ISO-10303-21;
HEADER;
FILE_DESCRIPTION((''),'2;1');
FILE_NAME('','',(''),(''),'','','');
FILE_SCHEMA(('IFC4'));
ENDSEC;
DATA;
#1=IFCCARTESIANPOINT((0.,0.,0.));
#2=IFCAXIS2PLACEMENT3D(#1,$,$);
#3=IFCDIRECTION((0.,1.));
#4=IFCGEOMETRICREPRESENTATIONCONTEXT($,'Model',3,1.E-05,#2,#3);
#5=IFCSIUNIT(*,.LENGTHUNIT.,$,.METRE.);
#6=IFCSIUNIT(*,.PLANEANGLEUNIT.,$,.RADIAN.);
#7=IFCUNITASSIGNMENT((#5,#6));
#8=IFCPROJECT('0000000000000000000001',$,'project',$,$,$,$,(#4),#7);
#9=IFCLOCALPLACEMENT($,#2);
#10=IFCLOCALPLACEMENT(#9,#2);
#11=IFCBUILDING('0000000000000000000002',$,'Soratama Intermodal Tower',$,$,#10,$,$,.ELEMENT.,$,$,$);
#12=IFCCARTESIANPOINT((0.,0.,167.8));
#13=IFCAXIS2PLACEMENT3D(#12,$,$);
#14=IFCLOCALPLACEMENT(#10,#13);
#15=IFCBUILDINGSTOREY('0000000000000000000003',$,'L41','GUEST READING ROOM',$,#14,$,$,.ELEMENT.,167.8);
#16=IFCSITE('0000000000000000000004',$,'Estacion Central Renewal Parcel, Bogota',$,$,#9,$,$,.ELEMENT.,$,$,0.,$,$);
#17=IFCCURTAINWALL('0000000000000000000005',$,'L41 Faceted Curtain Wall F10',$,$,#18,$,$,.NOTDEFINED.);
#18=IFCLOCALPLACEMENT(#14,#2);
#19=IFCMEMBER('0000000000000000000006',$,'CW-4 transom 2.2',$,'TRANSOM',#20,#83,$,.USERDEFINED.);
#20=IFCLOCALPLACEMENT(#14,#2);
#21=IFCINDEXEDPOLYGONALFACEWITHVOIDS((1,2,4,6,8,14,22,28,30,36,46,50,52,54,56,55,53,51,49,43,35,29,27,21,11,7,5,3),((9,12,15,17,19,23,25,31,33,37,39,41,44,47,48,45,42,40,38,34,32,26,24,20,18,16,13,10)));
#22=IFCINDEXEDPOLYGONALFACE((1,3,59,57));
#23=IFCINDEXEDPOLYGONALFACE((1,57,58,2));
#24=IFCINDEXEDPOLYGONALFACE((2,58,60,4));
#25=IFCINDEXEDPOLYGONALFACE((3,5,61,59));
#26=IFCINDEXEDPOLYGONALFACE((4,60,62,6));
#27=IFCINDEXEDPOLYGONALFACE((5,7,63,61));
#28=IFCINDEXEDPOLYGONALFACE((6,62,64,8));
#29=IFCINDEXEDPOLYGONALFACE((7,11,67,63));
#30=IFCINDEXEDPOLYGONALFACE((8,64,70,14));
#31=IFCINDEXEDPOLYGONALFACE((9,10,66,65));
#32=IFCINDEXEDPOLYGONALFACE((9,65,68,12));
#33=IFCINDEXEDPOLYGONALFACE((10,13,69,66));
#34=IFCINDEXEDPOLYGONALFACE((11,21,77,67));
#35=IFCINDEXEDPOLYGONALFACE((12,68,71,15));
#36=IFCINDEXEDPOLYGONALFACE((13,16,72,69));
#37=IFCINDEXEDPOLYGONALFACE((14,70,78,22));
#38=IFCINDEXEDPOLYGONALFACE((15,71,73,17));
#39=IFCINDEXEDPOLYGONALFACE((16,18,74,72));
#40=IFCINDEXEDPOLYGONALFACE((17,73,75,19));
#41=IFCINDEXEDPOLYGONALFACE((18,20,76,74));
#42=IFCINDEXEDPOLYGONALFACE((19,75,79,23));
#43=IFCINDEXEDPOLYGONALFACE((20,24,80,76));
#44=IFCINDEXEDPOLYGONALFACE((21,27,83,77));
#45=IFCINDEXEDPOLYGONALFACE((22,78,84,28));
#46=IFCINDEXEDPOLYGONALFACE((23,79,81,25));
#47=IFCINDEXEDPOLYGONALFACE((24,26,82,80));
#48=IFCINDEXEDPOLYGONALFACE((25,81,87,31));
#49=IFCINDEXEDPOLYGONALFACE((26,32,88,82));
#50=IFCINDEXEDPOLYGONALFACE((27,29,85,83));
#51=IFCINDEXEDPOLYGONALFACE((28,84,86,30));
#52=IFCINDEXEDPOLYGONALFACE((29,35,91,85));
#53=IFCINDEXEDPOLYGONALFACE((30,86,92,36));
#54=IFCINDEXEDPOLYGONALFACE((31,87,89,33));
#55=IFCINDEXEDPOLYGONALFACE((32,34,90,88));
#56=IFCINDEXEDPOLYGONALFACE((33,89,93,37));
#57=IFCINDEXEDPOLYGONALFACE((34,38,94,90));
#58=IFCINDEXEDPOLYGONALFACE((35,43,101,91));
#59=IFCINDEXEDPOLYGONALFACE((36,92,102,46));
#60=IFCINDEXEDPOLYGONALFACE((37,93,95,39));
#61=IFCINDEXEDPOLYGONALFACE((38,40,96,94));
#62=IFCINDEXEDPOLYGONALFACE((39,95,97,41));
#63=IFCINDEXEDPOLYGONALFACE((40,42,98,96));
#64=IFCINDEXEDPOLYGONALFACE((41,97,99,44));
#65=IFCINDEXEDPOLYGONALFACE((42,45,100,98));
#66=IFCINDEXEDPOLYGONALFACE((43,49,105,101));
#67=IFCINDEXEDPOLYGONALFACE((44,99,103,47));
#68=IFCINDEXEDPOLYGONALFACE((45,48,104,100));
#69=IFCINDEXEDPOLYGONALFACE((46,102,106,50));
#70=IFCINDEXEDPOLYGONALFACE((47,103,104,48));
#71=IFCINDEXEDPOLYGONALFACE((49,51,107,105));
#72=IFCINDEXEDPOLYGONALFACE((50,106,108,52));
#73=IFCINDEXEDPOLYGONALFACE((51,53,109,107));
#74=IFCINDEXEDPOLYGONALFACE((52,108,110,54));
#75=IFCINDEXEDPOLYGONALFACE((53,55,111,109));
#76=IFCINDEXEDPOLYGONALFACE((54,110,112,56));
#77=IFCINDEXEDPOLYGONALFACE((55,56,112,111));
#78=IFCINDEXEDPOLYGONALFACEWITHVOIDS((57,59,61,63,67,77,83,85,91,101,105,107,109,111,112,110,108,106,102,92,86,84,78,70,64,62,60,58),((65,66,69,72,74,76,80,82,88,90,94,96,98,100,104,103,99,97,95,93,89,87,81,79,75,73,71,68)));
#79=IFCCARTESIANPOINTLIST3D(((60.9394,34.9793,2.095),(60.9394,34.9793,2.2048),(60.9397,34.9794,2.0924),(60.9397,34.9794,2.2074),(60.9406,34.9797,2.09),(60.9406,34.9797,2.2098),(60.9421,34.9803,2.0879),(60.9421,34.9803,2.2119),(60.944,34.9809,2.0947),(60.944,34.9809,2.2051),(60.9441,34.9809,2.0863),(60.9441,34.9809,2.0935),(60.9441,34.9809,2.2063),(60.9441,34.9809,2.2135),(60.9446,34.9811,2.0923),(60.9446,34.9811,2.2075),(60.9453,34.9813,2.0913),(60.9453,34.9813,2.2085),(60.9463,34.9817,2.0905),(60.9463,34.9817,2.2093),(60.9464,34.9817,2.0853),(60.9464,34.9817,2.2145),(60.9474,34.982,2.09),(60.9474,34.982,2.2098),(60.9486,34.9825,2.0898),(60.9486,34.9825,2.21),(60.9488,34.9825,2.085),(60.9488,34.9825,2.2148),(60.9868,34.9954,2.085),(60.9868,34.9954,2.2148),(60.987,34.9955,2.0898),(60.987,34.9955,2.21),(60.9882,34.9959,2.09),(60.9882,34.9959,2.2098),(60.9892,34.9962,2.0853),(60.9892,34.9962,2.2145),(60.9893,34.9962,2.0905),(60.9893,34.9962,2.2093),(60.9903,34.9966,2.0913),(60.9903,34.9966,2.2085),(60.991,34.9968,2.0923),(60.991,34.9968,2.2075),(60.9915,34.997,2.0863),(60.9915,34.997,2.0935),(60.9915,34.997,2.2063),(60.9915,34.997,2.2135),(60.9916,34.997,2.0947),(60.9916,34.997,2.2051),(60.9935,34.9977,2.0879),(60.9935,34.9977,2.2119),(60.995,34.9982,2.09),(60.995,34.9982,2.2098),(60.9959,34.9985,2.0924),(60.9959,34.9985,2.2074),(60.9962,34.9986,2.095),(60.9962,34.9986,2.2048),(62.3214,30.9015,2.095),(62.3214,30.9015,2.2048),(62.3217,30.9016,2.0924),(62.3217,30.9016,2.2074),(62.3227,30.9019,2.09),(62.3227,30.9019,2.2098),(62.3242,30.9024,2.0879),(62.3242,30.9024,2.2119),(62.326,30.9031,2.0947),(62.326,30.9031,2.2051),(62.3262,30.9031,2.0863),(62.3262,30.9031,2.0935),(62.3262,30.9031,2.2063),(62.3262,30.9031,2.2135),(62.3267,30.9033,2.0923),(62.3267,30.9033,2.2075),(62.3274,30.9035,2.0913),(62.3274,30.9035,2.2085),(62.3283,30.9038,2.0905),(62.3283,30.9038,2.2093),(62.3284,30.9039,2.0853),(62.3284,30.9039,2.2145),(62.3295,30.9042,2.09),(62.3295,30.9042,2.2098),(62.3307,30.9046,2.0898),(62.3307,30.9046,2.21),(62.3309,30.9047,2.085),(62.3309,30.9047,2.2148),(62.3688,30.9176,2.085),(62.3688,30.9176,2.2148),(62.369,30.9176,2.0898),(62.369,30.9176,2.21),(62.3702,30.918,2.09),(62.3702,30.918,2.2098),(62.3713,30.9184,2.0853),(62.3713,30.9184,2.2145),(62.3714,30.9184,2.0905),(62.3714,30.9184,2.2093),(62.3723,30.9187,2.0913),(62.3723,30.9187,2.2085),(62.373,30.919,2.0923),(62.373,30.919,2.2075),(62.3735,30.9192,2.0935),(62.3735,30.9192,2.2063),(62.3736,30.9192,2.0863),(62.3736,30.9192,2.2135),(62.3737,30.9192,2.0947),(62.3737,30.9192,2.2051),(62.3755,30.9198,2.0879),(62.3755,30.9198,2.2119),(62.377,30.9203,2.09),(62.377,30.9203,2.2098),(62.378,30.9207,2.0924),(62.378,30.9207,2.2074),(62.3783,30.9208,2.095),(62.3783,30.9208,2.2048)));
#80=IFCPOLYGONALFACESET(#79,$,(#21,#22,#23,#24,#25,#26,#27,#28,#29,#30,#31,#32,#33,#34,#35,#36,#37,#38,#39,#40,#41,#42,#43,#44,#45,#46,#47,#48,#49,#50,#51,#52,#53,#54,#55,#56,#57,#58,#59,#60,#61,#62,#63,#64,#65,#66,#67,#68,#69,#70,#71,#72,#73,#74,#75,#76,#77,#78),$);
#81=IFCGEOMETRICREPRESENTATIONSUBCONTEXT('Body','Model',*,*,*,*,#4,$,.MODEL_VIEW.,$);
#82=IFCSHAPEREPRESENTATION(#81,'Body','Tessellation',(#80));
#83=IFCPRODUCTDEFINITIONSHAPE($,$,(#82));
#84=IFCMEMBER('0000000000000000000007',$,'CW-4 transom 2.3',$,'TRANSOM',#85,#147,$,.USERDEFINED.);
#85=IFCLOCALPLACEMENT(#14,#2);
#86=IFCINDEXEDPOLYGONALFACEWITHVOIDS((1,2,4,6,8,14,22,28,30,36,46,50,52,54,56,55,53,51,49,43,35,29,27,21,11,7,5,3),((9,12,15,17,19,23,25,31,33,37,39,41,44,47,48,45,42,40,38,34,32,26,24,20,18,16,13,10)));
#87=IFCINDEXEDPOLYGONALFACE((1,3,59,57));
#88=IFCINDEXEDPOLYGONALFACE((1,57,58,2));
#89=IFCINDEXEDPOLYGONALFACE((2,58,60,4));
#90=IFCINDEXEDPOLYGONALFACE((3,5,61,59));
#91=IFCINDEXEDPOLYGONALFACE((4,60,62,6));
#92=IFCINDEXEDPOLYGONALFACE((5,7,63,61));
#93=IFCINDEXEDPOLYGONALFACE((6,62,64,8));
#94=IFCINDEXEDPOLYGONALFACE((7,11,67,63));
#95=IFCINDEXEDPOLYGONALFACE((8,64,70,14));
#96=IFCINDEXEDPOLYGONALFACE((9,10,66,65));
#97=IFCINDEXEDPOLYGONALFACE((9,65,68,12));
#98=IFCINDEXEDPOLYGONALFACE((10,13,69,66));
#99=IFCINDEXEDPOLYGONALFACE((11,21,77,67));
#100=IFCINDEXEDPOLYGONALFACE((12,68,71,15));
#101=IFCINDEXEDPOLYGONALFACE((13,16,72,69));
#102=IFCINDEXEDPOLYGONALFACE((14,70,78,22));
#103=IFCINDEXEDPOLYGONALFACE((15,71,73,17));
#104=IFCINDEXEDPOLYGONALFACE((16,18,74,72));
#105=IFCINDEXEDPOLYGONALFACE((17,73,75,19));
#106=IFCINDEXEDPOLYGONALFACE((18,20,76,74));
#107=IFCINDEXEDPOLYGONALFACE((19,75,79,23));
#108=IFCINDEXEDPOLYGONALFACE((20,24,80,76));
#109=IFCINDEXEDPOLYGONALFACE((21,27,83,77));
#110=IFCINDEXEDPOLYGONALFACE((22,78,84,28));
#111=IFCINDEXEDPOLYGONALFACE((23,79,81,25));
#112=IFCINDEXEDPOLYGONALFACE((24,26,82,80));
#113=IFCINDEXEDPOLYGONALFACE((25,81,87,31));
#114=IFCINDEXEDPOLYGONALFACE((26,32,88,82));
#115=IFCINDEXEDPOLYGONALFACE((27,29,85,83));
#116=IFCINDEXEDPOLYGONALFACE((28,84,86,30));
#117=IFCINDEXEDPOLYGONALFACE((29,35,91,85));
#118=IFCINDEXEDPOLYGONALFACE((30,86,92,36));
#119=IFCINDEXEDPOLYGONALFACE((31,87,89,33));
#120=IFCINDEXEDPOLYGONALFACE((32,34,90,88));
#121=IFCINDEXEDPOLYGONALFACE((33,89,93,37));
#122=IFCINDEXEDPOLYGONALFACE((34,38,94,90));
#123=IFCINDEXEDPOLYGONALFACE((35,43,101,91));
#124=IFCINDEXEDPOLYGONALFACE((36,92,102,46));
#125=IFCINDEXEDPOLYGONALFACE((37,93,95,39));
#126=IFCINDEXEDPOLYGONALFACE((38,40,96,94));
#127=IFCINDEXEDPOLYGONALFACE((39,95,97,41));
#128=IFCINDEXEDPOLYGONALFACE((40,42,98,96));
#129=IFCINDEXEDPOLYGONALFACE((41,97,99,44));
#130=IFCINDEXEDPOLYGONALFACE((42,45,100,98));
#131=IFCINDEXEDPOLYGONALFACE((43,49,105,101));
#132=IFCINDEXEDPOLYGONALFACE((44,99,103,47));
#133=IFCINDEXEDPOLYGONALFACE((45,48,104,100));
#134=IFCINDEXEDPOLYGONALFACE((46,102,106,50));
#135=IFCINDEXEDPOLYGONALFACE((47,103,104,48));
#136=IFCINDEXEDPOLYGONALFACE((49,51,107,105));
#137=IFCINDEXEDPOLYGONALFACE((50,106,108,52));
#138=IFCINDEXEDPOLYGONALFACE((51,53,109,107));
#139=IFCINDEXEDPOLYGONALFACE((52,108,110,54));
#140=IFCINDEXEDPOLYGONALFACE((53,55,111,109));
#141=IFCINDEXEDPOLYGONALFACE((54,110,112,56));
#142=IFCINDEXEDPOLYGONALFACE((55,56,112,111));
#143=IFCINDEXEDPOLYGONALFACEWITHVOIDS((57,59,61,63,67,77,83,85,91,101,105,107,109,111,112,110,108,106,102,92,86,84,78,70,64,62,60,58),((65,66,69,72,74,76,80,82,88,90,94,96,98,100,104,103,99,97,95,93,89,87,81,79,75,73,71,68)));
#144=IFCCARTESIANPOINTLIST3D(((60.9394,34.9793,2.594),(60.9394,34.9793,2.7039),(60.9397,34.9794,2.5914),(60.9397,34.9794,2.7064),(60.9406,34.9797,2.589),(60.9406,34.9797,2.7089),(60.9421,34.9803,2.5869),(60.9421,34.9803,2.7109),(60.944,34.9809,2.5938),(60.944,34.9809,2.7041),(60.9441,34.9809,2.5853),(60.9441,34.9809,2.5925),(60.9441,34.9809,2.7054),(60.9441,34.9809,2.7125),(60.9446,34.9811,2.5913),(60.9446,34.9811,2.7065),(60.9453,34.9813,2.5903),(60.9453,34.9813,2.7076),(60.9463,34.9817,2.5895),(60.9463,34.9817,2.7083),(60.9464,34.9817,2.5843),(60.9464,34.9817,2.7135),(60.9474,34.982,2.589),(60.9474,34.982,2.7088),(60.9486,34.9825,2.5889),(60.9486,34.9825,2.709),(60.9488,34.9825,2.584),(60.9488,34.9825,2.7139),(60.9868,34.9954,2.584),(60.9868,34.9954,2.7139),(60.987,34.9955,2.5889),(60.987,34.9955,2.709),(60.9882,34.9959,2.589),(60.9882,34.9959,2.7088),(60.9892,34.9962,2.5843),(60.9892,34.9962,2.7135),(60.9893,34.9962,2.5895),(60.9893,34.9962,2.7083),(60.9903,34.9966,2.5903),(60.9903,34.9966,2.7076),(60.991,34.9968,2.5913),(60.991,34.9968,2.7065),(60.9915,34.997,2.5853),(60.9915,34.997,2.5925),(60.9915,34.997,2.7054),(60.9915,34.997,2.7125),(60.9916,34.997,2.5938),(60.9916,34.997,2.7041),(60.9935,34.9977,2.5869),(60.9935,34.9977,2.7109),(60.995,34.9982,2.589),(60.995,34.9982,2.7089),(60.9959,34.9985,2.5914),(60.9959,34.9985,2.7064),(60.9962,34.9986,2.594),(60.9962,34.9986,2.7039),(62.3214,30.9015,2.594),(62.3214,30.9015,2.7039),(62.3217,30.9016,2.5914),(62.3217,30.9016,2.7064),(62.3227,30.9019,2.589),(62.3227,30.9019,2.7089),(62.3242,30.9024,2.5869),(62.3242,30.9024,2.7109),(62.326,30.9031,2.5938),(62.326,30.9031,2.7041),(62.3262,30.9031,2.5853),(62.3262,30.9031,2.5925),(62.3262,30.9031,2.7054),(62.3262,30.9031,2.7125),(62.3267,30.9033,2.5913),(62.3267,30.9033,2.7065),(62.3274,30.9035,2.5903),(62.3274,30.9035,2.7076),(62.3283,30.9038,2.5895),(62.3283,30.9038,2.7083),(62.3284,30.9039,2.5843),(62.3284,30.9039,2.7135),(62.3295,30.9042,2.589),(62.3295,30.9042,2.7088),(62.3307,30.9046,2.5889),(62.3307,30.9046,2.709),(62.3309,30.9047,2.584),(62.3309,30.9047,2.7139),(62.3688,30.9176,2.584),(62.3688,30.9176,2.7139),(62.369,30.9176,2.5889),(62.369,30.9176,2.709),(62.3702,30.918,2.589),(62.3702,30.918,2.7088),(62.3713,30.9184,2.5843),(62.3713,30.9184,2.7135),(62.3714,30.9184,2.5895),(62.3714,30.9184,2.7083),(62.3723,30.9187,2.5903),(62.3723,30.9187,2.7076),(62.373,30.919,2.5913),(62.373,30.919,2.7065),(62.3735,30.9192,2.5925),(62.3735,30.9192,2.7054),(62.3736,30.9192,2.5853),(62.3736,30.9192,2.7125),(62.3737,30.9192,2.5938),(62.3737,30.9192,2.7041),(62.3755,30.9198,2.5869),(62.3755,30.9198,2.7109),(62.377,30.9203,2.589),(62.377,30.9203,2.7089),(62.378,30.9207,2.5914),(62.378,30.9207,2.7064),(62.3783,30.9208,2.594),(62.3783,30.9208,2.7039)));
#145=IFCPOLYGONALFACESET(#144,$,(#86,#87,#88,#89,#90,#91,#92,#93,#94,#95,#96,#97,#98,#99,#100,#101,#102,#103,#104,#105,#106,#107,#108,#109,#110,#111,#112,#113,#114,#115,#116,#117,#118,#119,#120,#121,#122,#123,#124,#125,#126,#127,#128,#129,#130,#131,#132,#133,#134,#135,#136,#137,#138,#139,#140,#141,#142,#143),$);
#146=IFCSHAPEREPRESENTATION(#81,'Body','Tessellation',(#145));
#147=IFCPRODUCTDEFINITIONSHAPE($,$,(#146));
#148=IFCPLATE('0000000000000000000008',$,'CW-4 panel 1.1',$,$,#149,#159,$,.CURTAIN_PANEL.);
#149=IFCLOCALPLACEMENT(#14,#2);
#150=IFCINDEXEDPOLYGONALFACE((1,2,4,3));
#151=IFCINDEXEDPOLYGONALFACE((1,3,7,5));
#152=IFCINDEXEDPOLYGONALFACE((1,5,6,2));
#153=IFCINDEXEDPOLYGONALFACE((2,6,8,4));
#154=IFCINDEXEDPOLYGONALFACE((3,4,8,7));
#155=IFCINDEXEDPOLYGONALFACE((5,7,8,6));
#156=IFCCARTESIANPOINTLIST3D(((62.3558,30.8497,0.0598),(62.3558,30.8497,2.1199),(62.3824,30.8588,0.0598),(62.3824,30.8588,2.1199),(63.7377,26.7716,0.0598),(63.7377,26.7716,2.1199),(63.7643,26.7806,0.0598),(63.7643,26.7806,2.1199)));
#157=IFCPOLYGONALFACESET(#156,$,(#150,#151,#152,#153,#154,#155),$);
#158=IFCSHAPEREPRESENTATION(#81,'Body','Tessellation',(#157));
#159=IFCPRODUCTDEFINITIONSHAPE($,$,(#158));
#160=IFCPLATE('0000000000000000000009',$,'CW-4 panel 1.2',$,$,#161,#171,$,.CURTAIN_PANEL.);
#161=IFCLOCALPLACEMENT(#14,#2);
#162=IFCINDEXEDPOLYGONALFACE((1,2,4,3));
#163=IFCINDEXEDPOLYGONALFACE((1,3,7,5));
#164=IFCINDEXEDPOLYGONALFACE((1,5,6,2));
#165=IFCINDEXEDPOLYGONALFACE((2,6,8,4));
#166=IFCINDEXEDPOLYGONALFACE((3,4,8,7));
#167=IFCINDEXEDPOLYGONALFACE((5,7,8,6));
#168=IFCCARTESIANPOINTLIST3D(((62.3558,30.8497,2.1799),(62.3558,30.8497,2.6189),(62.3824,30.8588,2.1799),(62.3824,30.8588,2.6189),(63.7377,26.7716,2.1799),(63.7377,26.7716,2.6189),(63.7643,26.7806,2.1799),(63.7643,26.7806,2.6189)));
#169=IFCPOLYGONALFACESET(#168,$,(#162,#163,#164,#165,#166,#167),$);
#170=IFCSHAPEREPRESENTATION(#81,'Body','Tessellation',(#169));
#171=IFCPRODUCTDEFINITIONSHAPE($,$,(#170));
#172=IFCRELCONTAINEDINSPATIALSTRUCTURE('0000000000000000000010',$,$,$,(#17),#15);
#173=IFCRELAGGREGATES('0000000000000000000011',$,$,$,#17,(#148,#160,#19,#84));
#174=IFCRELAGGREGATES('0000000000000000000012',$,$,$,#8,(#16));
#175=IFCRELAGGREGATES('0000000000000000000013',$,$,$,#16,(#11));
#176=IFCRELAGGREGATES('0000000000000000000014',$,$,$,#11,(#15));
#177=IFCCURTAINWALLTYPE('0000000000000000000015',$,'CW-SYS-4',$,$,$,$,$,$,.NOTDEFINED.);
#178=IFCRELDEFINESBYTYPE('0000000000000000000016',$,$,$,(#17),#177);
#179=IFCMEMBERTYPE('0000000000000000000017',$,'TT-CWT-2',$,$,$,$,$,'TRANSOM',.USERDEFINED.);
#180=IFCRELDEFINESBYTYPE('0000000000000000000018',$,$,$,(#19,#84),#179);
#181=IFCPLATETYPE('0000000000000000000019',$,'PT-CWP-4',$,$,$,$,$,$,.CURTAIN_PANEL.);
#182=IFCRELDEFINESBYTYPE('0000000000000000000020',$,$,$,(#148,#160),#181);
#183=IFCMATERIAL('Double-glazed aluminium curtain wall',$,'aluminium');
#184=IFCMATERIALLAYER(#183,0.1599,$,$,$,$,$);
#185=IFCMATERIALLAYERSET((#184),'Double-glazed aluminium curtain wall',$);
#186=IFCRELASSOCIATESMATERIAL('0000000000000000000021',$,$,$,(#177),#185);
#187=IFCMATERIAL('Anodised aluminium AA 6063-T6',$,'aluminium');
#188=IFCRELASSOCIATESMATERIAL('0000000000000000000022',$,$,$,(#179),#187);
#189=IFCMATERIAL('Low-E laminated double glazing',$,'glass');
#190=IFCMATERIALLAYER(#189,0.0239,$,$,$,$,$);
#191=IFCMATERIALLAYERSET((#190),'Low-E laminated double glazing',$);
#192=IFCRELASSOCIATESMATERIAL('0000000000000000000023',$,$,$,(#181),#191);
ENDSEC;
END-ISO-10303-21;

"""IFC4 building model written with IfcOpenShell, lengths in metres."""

from ifc_helpers import new_model, si_unit, direction, frame, origin, origin_2d, place, context, subcontext, project, spatial, rectangle, hollow_rectangle, extrude, material, layer, layer_set, material_profile, profile_set, type_object, element, aggregate, save


model = new_model("IFC4")

# Units and contexts
model_context = context("Model", 3, precision=1e-05, world=origin(), true_north=direction((0.0, 1.0)))
body_context = subcontext(model_context, "Body", "Model", "MODEL_VIEW")
ifc_project = project(units=[si_unit("LENGTHUNIT", "METRE"), si_unit("PLANEANGLEUNIT", "RADIAN")], contexts=[model_context])

# Site, building, storey
site_placement = place(None, origin())
site = spatial("IfcSite", under=ifc_project, at=site_placement, Name="Estacion Central Renewal Parcel, Bogota", CompositionType="ELEMENT", RefElevation=0.0)
building_placement = place(site_placement, origin())
building = spatial("IfcBuilding", under=site, at=building_placement, Name="Soratama Intermodal Tower", CompositionType="ELEMENT")
storey_placement = place(building_placement, frame((0.0, 0.0, 167.8)))
storey = spatial("IfcBuildingStorey", under=building, at=storey_placement, Name="L41", Description="GUEST READING ROOM", CompositionType="ELEMENT", Elevation=167.8)

# Curtain wall, members, plates
ifc_material_1 = material(Name="Double-glazed aluminium curtain wall", Category="aluminium")
ifc_layer_1 = layer(ifc_material_1, 0.1599)
ifc_layer_set_1 = layer_set([ifc_layer_1], Name="Double-glazed aluminium curtain wall")
curtain_wall_type = type_object("IfcCurtainWallType", Name="CW-SYS-4", PredefinedType="NOTDEFINED", material=ifc_layer_set_1)
curtain_wall_placement = place(storey_placement, origin())
curtain_wall = element("IfcCurtainWall", 1, at=curtain_wall_placement, inside=storey, type_object=curtain_wall_type, Name="L41 Faceted Curtain Wall F10", PredefinedType="NOTDEFINED")
ifc_material_2 = material(Name="Anodised aluminium AA 6063-T6", Category="aluminium")
ifc_material_profile_1 = material_profile(ifc_material_2, hollow_rectangle(XDim=0.0601, YDim=0.1299, WallThickness=0.0049, InnerFilletRadius=0.0049, OuterFilletRadius=0.01, at=origin_2d()), Name="CWT130X60X5")
ifc_profile_set_1 = profile_set([ifc_material_profile_1], Name="Anodised aluminium AA 6063-T6")
member_type_1 = type_object("IfcMemberType", Name="TT-CWT-2", ElementType="TRANSOM", PredefinedType="USERDEFINED", material=ifc_profile_set_1)
member_1_placement = place(storey_placement, frame((62.3499, 30.9111, 2.1499), z_axis=(-0.320987, 0.947084, 0.0), x_axis=(-0.947084, -0.320987, 0.0)))
member_1 = element("IfcMember", 2, at=member_1_placement, type_object=member_type_1, Name="CW-4 transom 2.2", ObjectType="TRANSOM", PredefinedType="USERDEFINED", context=body_context, shape_type="SweptSolid", body=[
    extrude(hollow_rectangle(XDim=0.0601, YDim=0.1299, WallThickness=0.0049, InnerFilletRadius=0.0049, OuterFilletRadius=0.01, at=origin_2d()), origin(), (0.0, 0.0, 1.0), 4.3057),
])
member_2_placement = place(storey_placement, frame((62.3499, 30.9111, 2.6489), z_axis=(-0.320987, 0.947084, 0.0), x_axis=(-0.947084, -0.320987, 0.0)))
member_2 = element("IfcMember", 3, at=member_2_placement, type_object=member_type_1, Name="CW-4 transom 2.3", ObjectType="TRANSOM", PredefinedType="USERDEFINED", context=body_context, shape_type="SweptSolid", body=[
    extrude(hollow_rectangle(XDim=0.0601, YDim=0.1299, WallThickness=0.0049, InnerFilletRadius=0.0049, OuterFilletRadius=0.01, at=origin_2d()), origin(), (0.0, 0.0, 1.0), 4.3057),
])
ifc_material_3 = material(Name="Low-E laminated double glazing", Category="glass")
ifc_layer_2 = layer(ifc_material_3, 0.0239)
ifc_layer_set_2 = layer_set([ifc_layer_2], Name="Low-E laminated double glazing")
plate_type = type_object("IfcPlateType", Name="PT-CWP-4", PredefinedType="CURTAIN_PANEL", material=ifc_layer_set_2)
plate_1_placement = place(storey_placement, frame((63.0601, 28.8152, 0.0598), z_axis=(0.0, 0.0, 1.0), x_axis=(-0.32094, 0.9471, 0.0)))
plate_1 = element("IfcPlate", 4, at=plate_1_placement, type_object=plate_type, Name="CW-4 panel 1.1", PredefinedType="CURTAIN_PANEL", context=body_context, shape_type="SweptSolid", body=[
    extrude(rectangle(XDim=4.3059, YDim=0.0281, at=origin_2d()), origin(), (0.0, 0.0, 1.0), 2.0601),
])
plate_2_placement = place(storey_placement, frame((63.0601, 28.8152, 2.1799), z_axis=(0.0, 0.0, 1.0), x_axis=(-0.32094, 0.9471, 0.0)))
plate_2 = element("IfcPlate", 5, at=plate_2_placement, type_object=plate_type, Name="CW-4 panel 1.2", PredefinedType="CURTAIN_PANEL", context=body_context, shape_type="SweptSolid", body=[
    extrude(rectangle(XDim=4.3059, YDim=0.0281, at=origin_2d()), origin(), (0.0, 0.0, 1.0), 0.439),
])
aggregate(curtain_wall, [plate_1, plate_2, member_1, member_2])

save(model, "model.ifc")
